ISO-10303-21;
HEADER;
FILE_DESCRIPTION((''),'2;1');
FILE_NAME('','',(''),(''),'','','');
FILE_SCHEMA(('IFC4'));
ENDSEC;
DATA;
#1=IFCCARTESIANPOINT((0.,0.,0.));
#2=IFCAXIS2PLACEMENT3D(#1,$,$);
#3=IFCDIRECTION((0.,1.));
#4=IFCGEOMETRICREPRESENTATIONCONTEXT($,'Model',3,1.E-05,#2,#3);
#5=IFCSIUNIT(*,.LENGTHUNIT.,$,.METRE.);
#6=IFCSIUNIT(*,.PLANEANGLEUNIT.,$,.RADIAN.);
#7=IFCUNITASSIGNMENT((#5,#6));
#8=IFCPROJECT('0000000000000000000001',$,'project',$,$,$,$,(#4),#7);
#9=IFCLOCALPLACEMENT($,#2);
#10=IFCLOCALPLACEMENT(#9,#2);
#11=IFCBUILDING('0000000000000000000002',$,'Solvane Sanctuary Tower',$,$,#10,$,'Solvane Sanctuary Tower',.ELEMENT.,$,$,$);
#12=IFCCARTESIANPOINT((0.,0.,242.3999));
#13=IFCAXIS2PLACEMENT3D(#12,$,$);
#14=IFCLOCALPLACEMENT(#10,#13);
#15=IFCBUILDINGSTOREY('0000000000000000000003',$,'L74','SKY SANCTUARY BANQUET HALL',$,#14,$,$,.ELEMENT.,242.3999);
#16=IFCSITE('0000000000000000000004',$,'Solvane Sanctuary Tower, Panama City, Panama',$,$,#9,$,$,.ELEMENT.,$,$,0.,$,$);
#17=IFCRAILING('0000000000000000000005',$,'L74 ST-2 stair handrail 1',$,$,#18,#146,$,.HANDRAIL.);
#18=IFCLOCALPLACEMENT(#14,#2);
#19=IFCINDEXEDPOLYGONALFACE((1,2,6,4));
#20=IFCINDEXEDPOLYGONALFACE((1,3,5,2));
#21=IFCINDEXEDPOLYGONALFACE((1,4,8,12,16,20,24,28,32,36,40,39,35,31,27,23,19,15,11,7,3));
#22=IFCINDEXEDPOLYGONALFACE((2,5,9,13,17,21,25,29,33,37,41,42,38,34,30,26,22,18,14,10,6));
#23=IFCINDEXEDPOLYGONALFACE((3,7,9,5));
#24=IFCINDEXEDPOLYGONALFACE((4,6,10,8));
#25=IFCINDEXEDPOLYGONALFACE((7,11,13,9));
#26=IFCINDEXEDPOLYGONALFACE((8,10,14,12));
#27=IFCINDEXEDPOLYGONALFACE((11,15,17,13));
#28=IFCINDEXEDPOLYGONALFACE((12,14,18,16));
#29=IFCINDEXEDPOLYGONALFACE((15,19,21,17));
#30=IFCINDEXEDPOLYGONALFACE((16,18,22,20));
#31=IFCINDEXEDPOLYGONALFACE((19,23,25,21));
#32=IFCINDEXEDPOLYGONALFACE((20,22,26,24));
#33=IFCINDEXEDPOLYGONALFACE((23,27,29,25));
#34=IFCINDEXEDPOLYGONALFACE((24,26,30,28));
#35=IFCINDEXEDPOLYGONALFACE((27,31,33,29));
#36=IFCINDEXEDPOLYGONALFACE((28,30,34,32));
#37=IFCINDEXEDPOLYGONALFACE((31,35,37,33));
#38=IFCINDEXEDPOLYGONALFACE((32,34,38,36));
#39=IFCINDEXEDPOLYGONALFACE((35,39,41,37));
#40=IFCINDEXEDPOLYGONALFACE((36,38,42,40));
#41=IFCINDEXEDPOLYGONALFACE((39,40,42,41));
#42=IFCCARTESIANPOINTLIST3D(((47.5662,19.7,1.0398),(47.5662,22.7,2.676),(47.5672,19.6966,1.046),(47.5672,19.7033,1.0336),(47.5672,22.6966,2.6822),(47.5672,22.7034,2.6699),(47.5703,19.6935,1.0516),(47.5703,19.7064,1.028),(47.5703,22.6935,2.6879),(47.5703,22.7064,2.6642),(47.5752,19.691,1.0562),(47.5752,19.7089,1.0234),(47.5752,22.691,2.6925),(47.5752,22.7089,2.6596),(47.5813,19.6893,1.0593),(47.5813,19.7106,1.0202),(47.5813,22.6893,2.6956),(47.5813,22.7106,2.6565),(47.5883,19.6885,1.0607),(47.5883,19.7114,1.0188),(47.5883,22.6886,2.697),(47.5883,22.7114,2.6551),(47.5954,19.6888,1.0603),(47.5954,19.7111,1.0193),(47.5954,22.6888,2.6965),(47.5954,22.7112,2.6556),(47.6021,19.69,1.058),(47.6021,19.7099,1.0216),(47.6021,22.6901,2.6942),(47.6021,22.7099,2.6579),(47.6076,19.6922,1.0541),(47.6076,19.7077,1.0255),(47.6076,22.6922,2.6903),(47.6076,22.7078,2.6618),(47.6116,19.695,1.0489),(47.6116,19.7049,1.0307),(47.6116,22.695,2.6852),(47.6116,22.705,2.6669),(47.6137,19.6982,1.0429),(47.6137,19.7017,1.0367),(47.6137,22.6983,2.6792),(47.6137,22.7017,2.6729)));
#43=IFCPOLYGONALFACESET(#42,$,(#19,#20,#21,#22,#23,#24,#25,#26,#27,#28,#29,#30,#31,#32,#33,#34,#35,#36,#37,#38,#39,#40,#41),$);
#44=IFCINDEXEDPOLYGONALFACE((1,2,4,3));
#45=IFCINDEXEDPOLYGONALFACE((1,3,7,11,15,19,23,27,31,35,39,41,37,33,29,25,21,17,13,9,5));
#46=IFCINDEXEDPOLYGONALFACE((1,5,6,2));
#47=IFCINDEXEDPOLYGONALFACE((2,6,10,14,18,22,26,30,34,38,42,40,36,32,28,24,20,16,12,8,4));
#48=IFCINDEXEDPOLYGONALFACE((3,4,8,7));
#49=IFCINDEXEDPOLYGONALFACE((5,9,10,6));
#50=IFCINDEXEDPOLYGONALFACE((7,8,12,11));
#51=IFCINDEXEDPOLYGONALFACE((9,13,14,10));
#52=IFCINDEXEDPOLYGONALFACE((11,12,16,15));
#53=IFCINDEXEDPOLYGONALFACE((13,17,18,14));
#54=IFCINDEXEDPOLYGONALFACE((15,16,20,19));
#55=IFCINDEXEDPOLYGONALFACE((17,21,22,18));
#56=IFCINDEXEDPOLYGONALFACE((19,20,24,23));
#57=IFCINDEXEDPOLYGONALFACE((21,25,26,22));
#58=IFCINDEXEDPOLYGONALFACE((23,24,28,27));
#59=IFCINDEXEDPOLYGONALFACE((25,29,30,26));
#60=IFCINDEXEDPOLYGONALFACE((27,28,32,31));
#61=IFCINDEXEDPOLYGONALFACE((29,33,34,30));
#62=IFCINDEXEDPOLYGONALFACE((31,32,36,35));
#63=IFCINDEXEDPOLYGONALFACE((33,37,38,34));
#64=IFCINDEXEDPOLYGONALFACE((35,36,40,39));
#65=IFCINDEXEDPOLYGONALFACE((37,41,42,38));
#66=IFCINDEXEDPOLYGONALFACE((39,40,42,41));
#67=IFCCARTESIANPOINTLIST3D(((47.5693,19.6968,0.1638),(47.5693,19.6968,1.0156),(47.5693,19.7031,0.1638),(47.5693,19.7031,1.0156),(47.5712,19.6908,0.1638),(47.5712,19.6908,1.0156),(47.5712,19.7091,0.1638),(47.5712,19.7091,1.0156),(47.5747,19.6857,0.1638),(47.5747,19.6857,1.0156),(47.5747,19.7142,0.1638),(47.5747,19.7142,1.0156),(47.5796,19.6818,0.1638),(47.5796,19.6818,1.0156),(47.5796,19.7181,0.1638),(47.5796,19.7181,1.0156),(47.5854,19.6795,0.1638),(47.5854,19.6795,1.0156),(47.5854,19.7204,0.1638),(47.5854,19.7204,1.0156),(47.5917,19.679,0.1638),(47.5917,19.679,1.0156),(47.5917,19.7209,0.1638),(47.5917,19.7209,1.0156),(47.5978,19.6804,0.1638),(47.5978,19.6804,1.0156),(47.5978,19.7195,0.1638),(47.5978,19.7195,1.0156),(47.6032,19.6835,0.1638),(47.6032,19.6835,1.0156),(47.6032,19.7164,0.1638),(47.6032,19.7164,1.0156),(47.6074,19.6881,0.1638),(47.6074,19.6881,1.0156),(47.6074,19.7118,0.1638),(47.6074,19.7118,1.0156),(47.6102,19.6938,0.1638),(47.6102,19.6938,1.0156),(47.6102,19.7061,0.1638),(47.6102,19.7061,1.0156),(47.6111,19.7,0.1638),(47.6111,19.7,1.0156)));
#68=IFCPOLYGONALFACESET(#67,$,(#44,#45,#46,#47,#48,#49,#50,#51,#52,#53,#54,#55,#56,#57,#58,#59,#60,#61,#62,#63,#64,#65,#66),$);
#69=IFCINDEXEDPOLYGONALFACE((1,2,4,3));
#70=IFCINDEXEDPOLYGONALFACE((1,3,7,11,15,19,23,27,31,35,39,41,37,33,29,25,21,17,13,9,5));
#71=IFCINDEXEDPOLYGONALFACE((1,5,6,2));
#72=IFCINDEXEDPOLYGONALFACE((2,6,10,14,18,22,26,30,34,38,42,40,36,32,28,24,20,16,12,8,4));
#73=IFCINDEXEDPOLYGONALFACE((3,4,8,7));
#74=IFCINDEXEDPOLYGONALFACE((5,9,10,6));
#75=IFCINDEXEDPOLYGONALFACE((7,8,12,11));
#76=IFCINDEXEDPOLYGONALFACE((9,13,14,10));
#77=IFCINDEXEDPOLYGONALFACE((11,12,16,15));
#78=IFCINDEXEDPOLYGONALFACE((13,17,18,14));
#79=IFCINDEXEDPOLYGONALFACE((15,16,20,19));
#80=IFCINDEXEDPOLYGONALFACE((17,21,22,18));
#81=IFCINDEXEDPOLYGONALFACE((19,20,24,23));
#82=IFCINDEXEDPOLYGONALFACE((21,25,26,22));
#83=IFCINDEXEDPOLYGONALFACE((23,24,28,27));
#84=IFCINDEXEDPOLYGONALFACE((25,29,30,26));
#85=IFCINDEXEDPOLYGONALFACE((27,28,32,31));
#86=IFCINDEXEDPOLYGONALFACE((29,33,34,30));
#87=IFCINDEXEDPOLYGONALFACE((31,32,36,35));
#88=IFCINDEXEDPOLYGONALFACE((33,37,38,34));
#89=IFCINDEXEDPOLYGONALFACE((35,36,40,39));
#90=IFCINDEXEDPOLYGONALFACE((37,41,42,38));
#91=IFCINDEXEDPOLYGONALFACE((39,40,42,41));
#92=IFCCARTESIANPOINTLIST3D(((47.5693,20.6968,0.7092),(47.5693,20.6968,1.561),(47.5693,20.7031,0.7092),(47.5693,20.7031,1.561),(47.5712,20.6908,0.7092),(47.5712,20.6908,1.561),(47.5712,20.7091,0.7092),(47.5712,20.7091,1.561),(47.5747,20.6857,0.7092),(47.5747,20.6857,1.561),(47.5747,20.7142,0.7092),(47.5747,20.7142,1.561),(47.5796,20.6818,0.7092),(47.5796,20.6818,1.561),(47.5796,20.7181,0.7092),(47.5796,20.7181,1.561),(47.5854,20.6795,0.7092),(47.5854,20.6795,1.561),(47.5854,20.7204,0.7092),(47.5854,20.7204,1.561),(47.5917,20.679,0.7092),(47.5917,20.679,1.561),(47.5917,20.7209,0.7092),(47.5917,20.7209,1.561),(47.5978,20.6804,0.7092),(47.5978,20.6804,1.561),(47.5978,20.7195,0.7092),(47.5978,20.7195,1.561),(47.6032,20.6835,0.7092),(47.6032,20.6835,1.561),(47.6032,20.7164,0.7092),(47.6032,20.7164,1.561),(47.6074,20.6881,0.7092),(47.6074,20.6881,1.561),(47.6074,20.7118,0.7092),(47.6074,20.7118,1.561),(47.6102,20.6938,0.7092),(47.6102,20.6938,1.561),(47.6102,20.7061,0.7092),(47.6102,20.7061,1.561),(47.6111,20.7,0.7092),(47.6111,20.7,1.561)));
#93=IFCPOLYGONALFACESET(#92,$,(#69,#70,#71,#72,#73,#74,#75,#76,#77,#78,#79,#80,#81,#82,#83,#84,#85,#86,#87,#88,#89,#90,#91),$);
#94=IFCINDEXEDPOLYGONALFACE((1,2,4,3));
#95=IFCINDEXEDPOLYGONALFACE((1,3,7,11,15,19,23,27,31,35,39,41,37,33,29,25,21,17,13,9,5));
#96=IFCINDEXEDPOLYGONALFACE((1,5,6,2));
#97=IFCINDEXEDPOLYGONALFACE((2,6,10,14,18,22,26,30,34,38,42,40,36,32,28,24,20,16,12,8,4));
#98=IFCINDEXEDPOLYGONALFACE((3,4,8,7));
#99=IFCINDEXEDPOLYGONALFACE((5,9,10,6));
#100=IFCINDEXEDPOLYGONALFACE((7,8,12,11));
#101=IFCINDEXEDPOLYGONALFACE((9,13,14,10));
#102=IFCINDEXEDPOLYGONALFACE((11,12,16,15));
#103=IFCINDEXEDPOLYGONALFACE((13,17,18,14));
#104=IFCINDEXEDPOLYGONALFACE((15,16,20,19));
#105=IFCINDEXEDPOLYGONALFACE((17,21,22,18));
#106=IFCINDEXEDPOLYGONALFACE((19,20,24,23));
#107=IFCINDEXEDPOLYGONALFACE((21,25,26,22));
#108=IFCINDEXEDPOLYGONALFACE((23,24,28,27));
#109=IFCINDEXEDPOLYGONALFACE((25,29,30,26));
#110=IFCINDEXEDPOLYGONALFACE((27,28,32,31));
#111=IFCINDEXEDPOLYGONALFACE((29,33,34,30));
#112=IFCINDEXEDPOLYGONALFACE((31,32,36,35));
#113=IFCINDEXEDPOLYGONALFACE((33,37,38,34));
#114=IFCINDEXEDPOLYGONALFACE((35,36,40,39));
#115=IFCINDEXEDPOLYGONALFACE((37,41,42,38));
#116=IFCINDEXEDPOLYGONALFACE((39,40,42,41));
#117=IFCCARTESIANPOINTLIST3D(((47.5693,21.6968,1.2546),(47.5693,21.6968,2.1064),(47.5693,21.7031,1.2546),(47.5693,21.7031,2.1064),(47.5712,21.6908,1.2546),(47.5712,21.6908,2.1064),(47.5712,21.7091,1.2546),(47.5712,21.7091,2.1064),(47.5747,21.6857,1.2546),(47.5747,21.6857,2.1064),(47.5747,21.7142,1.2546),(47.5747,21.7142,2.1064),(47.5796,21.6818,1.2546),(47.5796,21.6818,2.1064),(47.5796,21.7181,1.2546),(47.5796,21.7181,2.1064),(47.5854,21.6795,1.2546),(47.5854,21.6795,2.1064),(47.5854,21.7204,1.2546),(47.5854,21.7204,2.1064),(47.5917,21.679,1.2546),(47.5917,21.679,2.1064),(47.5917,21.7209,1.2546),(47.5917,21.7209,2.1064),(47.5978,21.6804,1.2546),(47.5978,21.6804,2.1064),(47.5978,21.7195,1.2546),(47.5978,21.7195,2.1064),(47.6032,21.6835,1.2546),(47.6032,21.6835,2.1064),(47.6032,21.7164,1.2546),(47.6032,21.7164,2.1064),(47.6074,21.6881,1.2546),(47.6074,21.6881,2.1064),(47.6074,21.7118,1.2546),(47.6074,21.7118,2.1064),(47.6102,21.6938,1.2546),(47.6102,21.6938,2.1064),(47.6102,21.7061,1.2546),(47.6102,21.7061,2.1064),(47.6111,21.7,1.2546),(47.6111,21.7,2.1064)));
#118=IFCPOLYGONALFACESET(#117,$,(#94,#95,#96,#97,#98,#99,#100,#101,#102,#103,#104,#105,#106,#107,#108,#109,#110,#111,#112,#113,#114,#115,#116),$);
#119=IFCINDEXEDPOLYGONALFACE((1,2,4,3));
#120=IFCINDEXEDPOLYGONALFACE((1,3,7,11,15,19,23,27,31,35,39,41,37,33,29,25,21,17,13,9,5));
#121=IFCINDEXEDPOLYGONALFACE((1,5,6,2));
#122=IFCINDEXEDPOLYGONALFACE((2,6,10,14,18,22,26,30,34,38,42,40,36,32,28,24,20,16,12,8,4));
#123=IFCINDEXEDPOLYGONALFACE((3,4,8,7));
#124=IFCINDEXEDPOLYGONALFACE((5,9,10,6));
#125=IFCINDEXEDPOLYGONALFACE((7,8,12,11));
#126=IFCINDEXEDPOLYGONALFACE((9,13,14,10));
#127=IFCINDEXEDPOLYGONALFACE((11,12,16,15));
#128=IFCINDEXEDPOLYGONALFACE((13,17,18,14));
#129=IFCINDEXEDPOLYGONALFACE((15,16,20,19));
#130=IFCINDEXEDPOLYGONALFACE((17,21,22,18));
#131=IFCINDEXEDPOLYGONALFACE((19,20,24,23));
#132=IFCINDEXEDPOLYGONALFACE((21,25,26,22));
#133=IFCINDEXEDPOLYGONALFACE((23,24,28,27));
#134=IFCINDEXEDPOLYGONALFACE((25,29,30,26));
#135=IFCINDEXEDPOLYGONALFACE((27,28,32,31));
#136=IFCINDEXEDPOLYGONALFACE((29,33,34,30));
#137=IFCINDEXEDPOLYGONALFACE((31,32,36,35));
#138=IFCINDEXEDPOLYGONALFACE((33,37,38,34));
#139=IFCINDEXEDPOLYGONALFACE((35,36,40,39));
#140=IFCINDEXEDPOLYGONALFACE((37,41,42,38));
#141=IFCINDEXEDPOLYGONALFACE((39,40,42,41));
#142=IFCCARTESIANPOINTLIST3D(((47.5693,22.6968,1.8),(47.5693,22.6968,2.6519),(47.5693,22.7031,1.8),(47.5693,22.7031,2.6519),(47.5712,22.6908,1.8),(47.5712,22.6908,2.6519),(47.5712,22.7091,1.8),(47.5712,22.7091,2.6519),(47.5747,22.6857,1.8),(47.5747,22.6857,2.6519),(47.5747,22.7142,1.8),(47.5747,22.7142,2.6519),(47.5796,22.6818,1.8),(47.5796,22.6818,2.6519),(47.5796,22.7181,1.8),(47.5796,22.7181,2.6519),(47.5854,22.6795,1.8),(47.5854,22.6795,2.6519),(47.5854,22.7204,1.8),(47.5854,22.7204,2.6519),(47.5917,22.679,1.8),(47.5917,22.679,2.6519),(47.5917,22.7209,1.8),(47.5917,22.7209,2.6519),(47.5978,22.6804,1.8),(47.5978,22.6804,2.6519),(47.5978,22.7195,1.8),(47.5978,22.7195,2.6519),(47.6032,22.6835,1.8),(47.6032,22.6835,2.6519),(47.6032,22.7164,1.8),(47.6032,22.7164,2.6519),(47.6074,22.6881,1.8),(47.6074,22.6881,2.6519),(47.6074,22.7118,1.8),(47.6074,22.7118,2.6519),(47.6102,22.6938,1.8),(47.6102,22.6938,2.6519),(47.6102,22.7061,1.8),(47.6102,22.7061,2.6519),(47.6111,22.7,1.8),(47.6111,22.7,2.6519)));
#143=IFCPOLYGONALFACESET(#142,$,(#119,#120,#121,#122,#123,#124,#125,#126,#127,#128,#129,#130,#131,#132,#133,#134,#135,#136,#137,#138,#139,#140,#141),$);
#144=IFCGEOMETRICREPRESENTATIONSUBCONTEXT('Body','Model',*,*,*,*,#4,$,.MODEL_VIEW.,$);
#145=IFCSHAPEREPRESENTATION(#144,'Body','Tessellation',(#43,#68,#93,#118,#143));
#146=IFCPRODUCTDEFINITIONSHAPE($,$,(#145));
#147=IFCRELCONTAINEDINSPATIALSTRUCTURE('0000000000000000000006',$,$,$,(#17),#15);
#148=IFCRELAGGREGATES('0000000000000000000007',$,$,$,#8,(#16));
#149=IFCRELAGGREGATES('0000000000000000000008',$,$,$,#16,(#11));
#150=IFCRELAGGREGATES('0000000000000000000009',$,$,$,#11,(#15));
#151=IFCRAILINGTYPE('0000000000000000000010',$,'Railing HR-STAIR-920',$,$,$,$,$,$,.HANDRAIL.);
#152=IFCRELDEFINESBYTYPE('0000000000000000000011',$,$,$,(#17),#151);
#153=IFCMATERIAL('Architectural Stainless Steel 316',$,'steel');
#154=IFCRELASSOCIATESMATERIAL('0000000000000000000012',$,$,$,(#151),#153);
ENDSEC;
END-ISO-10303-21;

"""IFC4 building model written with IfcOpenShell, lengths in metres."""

from ifc_helpers import new_model, si_unit, direction, frame, origin, origin_2d, place, context, subcontext, project, spatial, circle, extrude, material, type_object, element, save


model = new_model("IFC4")

# Units and contexts
model_context = context("Model", 3, precision=1e-05, world=origin(), true_north=direction((0.0, 1.0)))
body_context = subcontext(model_context, "Body", "Model", "MODEL_VIEW")
ifc_project = project(units=[si_unit("LENGTHUNIT", "METRE"), si_unit("PLANEANGLEUNIT", "RADIAN")], contexts=[model_context])

# Site, building, storey
site_placement = place(None, origin())
site = spatial("IfcSite", under=ifc_project, at=site_placement, Name="Solvane Sanctuary Tower, Panama City, Panama", CompositionType="ELEMENT", RefElevation=0.0)
building_placement = place(site_placement, origin())
building = spatial("IfcBuilding", under=site, at=building_placement, Name="Solvane Sanctuary Tower", LongName="Solvane Sanctuary Tower", CompositionType="ELEMENT")
storey_placement = place(building_placement, frame((0.0, 0.0, 242.3999)))
storey = spatial("IfcBuildingStorey", under=building, at=storey_placement, Name="L74", Description="SKY SANCTUARY BANQUET HALL", CompositionType="ELEMENT", Elevation=242.3999)

# Shared definitions
ifc_material_1 = material(Name="Architectural Stainless Steel 316", Category="steel")

# Railing
railing_type_1 = type_object("IfcRailingType", Name="Railing HR-STAIR-920", PredefinedType="HANDRAIL", material=ifc_material_1)
railing_1_placement = place(storey_placement, frame((47.5901, 19.7, 0.1638)))
element("IfcRailing", 1, at=railing_1_placement, inside=storey, type_object=railing_type_1, Name="L74 ST-2 stair handrail 1", PredefinedType="HANDRAIL", context=body_context, shape_type="SweptSolid", body=[
    extrude(circle(Radius=0.0239, at=origin_2d()), frame((0.0, 0.0, 0.876), z_axis=(0.0, 0.877912, 0.478822), x_axis=(-1.0, 0.0, 0.0)), (0.0, 0.0, 1.0), 3.4172),
    extrude(circle(Radius=0.021, at=origin_2d()), origin(), (0.0, 0.0, 1.0), 0.8518),
    extrude(circle(Radius=0.021, at=origin_2d()), frame((0.0, 1.0, 0.5454)), (0.0, 0.0, 1.0), 0.8518),
    extrude(circle(Radius=0.021, at=origin_2d()), frame((0.0, 2.0, 1.0908)), (0.0, 0.0, 1.0), 0.8518),
    extrude(circle(Radius=0.021, at=origin_2d()), frame((0.0, 3.0, 1.6362)), (0.0, 0.0, 1.0), 0.8518),
])

save(model, "model.ifc")
